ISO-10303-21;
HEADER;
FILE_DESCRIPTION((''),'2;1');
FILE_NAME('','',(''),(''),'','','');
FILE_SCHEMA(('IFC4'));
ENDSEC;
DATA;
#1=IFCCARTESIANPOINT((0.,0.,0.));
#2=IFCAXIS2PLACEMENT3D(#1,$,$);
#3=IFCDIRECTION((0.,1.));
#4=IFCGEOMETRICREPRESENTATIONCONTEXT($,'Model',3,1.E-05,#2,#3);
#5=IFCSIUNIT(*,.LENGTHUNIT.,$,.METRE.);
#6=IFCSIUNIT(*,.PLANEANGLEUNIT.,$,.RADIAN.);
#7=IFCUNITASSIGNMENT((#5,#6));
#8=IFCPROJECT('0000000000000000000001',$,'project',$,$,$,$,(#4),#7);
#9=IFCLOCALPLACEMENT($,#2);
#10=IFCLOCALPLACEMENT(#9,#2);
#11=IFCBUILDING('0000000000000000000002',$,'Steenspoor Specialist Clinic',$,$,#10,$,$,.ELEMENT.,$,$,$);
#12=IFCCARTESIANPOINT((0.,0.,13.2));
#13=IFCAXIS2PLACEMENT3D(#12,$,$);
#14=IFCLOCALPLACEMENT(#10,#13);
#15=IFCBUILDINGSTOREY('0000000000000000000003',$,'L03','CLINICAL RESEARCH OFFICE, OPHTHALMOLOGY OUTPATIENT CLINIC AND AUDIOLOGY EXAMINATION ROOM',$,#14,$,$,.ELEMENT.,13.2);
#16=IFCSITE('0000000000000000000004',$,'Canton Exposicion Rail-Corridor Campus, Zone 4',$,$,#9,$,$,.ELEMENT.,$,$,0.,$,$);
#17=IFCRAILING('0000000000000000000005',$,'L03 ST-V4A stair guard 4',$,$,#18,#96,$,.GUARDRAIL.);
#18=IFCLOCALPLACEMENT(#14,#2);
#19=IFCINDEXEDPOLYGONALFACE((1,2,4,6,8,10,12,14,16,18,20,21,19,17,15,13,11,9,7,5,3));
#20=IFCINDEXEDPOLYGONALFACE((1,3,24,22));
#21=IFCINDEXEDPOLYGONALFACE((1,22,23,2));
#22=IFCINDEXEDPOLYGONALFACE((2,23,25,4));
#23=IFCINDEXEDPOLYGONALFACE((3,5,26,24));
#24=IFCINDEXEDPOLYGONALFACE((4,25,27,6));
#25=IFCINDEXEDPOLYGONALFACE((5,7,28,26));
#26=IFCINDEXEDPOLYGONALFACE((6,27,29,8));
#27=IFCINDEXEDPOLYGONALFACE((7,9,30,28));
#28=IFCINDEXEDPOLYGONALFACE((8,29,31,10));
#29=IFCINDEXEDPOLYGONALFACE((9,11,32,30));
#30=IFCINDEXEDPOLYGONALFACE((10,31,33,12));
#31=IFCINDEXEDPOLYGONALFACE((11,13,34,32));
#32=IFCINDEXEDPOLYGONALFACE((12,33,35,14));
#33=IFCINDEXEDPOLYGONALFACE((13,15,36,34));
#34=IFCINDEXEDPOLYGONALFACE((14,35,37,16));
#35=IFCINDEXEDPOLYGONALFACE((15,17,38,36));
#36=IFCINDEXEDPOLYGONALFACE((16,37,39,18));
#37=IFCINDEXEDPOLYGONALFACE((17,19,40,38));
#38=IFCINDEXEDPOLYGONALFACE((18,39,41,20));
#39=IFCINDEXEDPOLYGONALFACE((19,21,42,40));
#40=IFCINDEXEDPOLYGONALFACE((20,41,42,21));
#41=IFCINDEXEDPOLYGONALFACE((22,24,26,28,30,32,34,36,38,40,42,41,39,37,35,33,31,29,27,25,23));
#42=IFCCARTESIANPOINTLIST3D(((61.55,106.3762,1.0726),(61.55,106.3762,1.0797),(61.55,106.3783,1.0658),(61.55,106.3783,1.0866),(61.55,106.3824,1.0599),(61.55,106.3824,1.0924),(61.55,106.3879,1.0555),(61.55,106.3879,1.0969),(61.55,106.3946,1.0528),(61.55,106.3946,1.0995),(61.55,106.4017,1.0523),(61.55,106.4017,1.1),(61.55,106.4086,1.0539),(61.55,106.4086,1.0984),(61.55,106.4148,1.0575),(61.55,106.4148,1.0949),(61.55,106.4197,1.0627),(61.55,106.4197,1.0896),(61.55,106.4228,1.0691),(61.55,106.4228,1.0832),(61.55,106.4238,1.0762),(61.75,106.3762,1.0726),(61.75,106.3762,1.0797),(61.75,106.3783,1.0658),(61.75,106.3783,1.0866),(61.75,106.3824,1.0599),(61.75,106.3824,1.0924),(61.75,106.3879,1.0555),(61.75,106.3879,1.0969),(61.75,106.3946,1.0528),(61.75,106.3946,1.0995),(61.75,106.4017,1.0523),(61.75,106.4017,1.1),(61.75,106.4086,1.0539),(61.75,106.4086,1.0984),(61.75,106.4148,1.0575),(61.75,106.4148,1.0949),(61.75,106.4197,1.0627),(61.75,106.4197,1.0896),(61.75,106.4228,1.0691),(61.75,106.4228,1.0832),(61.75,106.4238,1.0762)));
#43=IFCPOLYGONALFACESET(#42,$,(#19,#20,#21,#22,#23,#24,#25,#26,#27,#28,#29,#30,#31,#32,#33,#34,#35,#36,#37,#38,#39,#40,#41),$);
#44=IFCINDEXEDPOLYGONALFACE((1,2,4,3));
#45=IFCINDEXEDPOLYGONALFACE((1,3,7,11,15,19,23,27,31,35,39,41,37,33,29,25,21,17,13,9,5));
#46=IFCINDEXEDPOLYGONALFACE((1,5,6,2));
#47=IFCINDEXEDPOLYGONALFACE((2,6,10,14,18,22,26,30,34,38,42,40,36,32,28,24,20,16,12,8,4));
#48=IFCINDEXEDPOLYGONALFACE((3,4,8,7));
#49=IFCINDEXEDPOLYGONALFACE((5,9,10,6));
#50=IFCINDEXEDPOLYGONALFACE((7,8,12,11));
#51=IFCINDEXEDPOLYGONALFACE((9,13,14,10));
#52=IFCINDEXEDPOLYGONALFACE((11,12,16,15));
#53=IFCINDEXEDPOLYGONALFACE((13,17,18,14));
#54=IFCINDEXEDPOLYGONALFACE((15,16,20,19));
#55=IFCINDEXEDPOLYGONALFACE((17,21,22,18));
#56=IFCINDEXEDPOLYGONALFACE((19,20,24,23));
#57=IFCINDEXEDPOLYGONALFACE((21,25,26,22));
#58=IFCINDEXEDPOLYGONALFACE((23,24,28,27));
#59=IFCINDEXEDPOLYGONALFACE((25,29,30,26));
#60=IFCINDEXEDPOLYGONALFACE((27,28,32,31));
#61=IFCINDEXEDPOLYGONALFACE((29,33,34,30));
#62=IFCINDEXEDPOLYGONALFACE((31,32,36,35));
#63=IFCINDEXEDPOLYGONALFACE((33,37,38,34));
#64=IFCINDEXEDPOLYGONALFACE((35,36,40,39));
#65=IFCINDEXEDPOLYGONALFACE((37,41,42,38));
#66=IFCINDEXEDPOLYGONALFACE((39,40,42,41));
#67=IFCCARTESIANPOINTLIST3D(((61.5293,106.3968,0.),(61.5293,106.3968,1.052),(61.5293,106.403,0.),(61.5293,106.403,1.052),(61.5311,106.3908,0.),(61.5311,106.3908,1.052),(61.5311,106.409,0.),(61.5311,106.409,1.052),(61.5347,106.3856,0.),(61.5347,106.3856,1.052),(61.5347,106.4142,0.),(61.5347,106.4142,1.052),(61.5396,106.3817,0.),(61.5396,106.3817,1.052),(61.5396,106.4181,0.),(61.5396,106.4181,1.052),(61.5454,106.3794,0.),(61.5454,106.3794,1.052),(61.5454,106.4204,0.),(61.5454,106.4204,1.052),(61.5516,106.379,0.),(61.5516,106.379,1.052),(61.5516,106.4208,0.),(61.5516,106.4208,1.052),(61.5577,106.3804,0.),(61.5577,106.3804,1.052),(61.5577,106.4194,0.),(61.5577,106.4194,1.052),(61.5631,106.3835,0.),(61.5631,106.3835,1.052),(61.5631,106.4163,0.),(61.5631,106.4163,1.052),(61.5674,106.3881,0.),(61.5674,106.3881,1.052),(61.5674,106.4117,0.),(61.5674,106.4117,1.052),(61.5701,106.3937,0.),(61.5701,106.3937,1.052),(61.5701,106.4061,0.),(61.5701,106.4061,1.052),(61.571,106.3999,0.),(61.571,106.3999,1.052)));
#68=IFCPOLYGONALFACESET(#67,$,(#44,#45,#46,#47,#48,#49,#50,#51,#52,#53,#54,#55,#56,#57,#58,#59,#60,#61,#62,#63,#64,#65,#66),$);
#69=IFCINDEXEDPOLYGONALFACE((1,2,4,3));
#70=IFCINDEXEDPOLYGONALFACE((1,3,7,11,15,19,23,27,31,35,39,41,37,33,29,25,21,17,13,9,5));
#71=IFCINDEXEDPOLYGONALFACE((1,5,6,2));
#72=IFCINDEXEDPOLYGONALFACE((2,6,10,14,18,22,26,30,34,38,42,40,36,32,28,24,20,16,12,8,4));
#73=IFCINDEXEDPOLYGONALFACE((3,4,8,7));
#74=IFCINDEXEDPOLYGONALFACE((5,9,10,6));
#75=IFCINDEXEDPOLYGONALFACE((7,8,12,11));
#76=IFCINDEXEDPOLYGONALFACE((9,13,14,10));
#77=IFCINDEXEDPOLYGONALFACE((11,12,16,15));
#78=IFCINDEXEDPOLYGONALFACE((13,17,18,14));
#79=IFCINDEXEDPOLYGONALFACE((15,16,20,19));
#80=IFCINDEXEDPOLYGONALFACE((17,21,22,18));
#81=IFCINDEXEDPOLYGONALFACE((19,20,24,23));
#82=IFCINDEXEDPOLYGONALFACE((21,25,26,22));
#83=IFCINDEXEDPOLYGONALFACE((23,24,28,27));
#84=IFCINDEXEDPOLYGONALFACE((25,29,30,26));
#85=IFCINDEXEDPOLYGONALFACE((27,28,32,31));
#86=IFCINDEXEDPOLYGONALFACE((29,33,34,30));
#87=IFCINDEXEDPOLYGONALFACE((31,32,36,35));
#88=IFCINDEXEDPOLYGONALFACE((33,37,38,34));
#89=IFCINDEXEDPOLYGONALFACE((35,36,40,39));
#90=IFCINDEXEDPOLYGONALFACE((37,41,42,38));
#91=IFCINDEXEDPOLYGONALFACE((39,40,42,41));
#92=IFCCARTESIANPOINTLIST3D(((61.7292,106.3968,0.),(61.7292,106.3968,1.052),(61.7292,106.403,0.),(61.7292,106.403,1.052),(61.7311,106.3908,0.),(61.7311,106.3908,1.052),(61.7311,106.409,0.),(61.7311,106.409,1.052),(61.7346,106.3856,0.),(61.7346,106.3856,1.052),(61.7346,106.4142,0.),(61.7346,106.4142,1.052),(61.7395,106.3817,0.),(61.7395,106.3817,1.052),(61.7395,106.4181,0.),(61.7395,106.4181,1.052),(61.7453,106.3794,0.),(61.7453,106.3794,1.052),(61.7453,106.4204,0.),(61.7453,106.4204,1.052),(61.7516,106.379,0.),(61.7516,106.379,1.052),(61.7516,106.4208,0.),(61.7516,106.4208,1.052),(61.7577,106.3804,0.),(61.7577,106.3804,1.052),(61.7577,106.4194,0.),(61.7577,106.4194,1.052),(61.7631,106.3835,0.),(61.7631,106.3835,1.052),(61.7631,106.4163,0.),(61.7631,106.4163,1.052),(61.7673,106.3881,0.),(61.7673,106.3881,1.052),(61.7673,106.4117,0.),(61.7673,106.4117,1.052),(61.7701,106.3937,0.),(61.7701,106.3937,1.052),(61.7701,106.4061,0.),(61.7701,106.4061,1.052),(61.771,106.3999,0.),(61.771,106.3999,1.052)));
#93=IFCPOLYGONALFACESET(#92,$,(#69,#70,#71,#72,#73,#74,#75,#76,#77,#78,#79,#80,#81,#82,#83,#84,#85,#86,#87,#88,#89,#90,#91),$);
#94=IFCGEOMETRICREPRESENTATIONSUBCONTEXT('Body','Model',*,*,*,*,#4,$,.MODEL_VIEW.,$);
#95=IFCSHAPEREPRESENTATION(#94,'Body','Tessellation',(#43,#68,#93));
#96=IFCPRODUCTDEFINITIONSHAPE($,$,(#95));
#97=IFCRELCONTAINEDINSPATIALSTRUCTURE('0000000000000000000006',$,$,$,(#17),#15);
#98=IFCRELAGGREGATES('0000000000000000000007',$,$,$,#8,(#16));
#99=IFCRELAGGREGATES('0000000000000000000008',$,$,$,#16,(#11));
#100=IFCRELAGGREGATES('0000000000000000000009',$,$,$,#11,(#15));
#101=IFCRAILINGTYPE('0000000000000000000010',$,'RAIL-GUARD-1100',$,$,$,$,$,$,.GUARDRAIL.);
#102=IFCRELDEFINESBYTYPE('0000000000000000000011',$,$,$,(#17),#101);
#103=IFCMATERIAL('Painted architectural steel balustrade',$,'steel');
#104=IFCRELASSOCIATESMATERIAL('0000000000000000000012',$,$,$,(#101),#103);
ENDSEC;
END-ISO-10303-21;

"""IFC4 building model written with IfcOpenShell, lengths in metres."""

from ifc_helpers import new_model, si_unit, direction, frame, origin, origin_2d, place, context, subcontext, project, spatial, circle, extrude, material, type_object, element, save


model = new_model("IFC4")

# Units and contexts
model_context = context("Model", 3, precision=1e-05, world=origin(), true_north=direction((0.0, 1.0)))
body_context = subcontext(model_context, "Body", "Model", "MODEL_VIEW")
ifc_project = project(units=[si_unit("LENGTHUNIT", "METRE"), si_unit("PLANEANGLEUNIT", "RADIAN")], contexts=[model_context])

# Site, building, storey
site_placement = place(None, origin())
site = spatial("IfcSite", under=ifc_project, at=site_placement, Name="Canton Exposicion Rail-Corridor Campus, Zone 4", CompositionType="ELEMENT", RefElevation=0.0)
building_placement = place(site_placement, origin())
building = spatial("IfcBuilding", under=site, at=building_placement, Name="Steenspoor Specialist Clinic", CompositionType="ELEMENT")
storey_placement = place(building_placement, frame((0.0, 0.0, 13.2)))
storey = spatial("IfcBuildingStorey", under=building, at=storey_placement, Name="L03", Description="CLINICAL RESEARCH OFFICE, OPHTHALMOLOGY OUTPATIENT CLINIC AND AUDIOLOGY EXAMINATION ROOM", CompositionType="ELEMENT", Elevation=13.2)

# Railing
ifc_material_1 = material(Name="Painted architectural steel balustrade", Category="steel")
railing_type_1 = type_object("IfcRailingType", Name="RAIL-GUARD-1100", PredefinedType="GUARDRAIL", material=ifc_material_1)
railing_1_placement = place(storey_placement, frame((61.55, 106.3999, 0.0)))
element("IfcRailing", 1, at=railing_1_placement, inside=storey, type_object=railing_type_1, Name="L03 ST-V4A stair guard 4", PredefinedType="GUARDRAIL", context=body_context, shape_type="SweptSolid", body=[
    extrude(circle(Radius=0.0239, at=origin_2d()), frame((0.0, 0.0, 1.0762), z_axis=(1.0, 0.0, 0.0), x_axis=(0.0, 1.0, 0.0)), (0.0, 0.0, 1.0), 0.2),
    extrude(circle(Radius=0.021, at=origin_2d()), origin(), (0.0, 0.0, 1.0), 1.052),
    extrude(circle(Radius=0.021, at=origin_2d()), frame((0.2, 0.0, 0.0)), (0.0, 0.0, 1.0), 1.052),
])

save(model, "model.ifc")
